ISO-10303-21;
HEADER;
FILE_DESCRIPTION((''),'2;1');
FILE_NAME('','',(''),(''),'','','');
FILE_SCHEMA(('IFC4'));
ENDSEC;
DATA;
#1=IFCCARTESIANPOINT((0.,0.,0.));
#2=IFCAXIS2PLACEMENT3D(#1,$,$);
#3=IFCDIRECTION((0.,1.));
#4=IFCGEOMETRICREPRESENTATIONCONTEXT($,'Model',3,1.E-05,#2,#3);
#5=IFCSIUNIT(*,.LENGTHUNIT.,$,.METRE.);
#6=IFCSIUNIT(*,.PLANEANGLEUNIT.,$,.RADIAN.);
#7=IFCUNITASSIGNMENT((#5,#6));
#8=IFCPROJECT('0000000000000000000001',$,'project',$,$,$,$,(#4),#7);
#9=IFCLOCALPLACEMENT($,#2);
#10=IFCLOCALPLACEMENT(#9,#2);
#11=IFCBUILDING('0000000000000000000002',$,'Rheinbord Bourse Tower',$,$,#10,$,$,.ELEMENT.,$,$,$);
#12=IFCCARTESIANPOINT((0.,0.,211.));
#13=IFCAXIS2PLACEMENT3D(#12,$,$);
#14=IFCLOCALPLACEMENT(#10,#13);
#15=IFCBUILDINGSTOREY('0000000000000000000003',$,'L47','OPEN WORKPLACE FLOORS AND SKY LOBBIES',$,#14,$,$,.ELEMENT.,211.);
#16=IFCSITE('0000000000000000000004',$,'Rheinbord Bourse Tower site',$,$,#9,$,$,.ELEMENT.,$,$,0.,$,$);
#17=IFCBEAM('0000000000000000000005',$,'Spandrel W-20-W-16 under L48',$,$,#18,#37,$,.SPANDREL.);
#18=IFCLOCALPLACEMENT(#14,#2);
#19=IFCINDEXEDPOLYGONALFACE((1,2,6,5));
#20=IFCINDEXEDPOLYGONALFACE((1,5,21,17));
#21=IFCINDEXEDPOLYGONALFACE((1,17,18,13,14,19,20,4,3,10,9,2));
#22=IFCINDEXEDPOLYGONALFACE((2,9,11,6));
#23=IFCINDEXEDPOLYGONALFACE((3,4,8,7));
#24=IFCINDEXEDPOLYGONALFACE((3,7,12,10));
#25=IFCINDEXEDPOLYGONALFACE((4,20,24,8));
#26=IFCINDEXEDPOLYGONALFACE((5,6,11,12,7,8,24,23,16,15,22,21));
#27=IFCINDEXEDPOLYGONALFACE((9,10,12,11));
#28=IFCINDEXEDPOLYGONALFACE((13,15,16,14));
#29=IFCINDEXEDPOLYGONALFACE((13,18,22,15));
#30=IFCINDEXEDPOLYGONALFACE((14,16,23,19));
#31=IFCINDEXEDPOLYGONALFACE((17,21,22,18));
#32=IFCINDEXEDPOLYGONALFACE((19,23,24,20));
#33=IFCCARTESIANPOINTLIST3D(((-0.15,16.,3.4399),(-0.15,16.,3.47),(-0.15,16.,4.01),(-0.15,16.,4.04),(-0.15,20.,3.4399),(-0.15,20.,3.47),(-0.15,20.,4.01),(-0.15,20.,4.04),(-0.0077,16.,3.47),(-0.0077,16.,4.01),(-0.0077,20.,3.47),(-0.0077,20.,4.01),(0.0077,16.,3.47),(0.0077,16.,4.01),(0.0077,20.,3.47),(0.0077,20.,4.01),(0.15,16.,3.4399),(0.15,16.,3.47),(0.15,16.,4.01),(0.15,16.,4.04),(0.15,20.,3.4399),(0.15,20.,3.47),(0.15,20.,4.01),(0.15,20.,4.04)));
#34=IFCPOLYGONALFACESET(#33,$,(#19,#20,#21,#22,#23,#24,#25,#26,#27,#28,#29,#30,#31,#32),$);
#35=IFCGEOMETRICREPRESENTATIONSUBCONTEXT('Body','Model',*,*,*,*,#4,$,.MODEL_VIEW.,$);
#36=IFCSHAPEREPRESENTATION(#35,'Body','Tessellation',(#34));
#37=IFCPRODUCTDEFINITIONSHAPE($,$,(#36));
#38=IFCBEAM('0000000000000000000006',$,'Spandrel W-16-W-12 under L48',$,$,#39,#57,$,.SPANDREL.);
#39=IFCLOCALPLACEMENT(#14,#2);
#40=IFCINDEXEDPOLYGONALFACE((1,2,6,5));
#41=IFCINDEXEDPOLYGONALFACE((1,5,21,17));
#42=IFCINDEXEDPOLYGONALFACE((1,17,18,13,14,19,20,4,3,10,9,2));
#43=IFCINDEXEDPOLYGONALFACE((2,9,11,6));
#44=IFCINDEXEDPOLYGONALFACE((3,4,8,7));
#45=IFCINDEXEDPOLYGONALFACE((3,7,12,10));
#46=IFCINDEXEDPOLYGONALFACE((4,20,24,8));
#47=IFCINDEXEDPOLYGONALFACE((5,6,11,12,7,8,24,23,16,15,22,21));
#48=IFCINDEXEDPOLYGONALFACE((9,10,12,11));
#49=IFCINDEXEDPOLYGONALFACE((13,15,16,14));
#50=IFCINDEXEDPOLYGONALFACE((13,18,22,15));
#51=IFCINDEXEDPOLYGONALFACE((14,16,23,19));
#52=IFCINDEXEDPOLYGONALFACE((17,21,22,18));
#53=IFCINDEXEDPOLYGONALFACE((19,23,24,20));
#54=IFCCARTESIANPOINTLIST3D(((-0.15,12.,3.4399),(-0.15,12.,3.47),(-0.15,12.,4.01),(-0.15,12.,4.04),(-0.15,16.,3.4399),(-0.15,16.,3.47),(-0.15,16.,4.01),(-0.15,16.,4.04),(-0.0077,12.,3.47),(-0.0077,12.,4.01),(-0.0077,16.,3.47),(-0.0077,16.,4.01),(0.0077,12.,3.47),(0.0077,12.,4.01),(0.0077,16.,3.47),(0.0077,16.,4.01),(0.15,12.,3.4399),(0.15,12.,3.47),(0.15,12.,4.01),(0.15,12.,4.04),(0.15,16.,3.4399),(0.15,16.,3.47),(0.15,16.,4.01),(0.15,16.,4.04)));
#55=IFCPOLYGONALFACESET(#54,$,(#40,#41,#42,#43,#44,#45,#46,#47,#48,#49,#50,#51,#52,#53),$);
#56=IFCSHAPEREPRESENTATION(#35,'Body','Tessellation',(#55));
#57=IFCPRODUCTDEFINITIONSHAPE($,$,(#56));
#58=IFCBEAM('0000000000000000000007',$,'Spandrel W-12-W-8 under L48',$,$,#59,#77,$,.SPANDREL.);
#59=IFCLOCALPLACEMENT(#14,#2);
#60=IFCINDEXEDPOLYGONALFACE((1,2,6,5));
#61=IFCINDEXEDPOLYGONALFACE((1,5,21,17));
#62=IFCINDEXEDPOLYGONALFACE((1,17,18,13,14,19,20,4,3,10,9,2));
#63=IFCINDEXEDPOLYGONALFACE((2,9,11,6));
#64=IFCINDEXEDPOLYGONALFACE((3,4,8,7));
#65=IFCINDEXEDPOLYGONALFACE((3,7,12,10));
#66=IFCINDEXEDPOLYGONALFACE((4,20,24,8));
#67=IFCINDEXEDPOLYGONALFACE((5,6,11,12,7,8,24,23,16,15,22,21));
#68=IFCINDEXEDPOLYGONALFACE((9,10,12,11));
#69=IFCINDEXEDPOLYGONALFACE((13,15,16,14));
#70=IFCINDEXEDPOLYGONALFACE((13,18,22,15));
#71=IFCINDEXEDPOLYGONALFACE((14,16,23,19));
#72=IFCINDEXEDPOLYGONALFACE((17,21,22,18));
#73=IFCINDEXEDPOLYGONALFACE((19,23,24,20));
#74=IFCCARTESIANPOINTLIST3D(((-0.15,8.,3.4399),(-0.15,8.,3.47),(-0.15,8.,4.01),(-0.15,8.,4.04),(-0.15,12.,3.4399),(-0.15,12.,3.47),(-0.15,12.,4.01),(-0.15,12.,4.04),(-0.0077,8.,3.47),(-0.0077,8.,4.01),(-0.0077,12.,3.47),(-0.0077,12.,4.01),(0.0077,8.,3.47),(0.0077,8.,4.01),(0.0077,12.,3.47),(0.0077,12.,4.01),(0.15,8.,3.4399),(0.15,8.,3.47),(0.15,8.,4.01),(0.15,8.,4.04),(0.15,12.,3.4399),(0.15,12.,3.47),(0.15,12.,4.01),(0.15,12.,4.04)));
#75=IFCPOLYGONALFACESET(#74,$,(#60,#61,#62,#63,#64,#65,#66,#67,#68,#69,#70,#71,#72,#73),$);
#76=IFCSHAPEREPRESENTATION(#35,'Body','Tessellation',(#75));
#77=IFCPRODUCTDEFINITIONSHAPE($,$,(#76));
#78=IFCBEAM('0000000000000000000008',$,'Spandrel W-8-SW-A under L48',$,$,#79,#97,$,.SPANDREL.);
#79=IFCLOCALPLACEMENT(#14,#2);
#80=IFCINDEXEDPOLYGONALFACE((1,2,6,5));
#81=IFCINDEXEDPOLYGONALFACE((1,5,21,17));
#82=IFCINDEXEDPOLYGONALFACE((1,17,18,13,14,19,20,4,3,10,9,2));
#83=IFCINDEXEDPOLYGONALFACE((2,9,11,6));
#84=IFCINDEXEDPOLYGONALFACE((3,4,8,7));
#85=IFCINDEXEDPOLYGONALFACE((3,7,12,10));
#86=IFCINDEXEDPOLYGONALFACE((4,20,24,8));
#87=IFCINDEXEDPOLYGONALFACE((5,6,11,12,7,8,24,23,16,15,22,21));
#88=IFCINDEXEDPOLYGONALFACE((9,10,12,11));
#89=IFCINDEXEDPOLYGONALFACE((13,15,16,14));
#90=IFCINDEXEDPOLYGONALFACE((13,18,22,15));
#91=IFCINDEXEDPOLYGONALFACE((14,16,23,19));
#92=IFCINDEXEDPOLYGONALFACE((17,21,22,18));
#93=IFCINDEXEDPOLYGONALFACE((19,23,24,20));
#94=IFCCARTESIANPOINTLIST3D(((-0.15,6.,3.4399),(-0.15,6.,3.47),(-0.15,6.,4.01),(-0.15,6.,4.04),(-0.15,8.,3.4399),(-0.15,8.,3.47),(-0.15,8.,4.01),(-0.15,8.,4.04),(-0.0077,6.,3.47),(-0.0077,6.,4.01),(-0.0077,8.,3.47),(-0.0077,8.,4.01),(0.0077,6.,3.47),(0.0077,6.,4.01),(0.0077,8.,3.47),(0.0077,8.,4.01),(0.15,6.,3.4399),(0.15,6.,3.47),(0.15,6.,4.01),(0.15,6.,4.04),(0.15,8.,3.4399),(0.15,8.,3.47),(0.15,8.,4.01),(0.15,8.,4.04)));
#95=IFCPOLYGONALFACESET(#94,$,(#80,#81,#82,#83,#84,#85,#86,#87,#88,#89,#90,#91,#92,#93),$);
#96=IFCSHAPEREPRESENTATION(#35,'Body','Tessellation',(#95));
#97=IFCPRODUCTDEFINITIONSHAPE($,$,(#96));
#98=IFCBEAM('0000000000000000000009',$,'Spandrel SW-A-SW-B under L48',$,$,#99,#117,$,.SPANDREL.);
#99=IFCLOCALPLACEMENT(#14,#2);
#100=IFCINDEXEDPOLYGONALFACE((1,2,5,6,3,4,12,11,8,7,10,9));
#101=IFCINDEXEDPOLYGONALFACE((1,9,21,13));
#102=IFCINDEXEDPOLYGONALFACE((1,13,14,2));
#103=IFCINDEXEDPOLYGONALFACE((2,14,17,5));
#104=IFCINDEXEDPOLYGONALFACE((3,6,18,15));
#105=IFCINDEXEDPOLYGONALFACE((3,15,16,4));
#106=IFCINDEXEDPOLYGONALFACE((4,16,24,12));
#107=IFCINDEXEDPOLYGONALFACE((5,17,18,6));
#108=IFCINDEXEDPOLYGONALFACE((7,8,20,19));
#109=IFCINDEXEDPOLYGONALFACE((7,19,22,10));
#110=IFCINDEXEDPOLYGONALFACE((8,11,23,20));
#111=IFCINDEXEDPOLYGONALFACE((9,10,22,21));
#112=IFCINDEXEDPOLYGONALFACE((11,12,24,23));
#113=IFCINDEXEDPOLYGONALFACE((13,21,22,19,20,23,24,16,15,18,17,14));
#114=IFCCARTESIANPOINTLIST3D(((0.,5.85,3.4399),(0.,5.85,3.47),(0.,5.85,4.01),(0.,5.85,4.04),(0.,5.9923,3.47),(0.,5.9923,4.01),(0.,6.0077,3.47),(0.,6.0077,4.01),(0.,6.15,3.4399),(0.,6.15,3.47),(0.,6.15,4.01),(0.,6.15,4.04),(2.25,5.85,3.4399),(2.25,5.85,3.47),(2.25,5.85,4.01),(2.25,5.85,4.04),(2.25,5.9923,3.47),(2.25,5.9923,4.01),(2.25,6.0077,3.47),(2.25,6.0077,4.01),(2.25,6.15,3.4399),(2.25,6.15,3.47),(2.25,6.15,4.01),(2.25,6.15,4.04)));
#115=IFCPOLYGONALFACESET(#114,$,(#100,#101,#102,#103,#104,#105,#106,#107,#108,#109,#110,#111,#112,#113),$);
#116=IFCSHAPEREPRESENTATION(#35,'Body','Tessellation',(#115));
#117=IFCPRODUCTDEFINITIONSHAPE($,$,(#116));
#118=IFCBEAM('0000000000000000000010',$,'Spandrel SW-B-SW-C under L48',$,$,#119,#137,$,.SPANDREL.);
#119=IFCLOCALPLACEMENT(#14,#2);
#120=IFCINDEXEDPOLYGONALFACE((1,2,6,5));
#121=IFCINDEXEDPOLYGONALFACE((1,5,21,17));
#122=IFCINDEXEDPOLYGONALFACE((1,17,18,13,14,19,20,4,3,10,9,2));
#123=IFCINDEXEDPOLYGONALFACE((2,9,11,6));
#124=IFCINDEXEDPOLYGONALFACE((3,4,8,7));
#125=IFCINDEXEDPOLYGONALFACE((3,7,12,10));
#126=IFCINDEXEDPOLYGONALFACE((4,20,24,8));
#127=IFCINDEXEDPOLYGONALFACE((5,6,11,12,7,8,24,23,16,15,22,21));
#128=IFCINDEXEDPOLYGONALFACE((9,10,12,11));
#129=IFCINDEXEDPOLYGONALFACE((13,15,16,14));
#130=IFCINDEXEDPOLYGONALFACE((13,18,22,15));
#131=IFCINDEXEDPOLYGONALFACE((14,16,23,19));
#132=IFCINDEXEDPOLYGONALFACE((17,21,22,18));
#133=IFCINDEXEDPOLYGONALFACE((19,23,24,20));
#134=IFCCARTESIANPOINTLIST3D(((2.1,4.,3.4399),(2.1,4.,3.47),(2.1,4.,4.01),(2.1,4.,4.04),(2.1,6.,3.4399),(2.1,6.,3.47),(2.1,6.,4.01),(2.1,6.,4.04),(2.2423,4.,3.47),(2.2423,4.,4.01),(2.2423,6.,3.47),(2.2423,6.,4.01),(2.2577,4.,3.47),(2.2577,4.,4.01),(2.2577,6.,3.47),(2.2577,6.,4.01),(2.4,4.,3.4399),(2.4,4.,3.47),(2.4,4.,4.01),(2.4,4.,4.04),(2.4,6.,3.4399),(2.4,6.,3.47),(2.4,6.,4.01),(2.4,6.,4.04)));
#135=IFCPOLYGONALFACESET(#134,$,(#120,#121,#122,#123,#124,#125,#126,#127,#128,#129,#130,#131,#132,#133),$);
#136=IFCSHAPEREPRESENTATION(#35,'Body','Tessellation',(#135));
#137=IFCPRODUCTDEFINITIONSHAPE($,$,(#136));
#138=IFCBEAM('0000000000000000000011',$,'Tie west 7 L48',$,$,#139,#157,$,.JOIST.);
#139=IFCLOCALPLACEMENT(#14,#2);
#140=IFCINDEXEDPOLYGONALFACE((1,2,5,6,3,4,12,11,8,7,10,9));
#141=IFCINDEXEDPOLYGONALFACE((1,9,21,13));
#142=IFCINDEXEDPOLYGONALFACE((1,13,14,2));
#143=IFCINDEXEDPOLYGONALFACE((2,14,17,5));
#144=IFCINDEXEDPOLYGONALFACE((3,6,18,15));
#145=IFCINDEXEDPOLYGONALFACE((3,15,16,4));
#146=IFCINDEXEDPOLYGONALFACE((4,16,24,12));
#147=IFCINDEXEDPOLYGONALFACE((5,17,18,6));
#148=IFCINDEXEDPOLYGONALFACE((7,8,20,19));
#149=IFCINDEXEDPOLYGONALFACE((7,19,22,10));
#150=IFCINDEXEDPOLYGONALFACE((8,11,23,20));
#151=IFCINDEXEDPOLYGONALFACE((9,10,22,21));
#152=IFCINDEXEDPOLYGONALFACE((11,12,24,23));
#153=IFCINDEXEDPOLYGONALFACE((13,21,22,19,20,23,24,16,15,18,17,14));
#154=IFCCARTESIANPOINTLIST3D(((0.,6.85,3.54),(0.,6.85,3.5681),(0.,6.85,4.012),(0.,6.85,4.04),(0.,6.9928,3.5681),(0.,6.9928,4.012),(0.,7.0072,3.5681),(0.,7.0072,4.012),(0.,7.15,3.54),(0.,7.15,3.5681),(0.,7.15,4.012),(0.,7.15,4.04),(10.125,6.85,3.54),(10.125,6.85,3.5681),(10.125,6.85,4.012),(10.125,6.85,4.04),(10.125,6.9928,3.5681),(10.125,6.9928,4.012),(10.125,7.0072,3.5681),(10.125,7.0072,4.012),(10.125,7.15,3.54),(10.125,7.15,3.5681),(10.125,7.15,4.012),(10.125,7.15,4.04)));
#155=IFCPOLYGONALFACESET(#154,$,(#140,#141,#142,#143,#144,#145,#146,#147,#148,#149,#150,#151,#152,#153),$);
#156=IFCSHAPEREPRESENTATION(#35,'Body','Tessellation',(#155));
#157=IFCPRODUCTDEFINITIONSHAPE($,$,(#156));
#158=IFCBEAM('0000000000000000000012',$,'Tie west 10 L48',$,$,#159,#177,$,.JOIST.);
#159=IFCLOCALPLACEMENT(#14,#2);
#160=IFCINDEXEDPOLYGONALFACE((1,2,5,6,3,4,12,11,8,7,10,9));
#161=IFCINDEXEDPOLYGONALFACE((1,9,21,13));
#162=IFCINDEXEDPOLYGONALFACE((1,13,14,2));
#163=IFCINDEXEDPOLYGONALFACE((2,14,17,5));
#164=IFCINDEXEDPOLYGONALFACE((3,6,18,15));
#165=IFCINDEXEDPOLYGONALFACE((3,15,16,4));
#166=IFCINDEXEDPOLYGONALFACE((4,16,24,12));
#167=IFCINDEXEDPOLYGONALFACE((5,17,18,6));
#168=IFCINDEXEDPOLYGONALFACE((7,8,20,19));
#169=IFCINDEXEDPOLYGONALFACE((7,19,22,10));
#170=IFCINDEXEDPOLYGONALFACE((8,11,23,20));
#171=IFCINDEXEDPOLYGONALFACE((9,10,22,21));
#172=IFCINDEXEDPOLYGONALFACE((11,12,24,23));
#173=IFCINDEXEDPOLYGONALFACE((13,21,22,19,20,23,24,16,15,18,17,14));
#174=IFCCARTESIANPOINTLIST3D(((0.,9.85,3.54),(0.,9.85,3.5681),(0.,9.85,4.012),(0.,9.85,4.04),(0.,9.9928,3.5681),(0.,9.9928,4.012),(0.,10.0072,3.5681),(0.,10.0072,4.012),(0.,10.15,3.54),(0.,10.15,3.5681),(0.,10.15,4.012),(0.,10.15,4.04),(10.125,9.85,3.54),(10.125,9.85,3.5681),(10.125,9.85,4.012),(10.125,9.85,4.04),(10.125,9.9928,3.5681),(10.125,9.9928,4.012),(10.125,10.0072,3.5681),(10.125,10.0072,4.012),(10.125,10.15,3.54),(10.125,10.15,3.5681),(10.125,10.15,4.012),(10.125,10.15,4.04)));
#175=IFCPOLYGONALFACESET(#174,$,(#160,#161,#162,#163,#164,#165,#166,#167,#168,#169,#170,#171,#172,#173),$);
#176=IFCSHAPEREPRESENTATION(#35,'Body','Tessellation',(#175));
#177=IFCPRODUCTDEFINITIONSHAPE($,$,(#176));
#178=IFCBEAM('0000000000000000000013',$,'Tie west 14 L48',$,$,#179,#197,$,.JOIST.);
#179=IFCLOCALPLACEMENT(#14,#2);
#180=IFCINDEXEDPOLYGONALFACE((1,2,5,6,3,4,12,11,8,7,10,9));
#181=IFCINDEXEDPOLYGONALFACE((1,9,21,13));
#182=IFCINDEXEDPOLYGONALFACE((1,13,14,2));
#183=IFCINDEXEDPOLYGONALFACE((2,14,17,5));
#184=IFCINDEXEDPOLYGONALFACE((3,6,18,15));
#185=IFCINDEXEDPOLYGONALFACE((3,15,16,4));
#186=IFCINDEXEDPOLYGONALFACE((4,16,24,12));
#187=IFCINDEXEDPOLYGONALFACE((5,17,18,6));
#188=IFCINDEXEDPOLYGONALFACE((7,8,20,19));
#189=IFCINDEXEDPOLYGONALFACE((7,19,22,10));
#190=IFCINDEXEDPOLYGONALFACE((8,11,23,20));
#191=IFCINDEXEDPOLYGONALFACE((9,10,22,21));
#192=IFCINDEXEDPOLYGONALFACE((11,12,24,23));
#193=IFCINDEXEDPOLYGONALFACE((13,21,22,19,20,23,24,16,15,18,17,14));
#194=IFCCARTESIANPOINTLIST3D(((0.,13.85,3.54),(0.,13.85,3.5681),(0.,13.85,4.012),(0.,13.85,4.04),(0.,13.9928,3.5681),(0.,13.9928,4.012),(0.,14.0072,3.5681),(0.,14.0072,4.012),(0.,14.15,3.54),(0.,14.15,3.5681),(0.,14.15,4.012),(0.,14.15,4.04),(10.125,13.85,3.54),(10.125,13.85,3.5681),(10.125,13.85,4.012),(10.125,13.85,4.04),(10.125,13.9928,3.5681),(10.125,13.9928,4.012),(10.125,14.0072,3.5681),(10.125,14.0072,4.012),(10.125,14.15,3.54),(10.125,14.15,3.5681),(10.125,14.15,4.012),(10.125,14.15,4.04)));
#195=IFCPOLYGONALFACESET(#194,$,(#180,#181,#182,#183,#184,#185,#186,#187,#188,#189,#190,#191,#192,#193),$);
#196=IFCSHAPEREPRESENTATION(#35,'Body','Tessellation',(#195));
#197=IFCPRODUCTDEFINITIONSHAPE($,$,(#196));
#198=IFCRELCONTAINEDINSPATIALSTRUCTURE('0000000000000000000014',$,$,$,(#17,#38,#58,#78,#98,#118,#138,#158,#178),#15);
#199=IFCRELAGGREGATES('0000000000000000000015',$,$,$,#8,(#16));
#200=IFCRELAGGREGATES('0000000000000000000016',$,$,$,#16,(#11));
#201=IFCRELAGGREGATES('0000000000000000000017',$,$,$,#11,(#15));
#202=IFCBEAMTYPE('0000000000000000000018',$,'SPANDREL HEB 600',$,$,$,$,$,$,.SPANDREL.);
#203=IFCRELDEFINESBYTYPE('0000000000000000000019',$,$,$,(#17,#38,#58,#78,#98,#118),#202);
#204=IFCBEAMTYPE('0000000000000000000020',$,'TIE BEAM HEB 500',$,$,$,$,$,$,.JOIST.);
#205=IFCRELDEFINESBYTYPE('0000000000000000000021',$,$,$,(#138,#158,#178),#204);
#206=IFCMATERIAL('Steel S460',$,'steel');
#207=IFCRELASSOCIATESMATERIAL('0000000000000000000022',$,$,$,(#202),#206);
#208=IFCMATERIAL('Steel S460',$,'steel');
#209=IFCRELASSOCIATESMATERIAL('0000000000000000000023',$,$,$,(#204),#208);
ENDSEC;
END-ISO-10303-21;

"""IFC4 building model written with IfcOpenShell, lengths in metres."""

from ifc_helpers import new_model, si_unit, direction, frame, origin, origin_2d, place, context, subcontext, project, spatial, i_section, extrude, material, material_profile, profile_set, type_object, element, save


model = new_model("IFC4")

# Units and contexts
model_context = context("Model", 3, precision=1e-05, world=origin(), true_north=direction((0.0, 1.0)))
body_context = subcontext(model_context, "Body", "Model", "MODEL_VIEW")
ifc_project = project(units=[si_unit("LENGTHUNIT", "METRE"), si_unit("PLANEANGLEUNIT", "RADIAN")], contexts=[model_context])

# Site, building, storey
site_placement = place(None, origin())
site = spatial("IfcSite", under=ifc_project, at=site_placement, Name="Rheinbord Bourse Tower site", CompositionType="ELEMENT", RefElevation=0.0)
building_placement = place(site_placement, origin())
building = spatial("IfcBuilding", under=site, at=building_placement, Name="Rheinbord Bourse Tower", CompositionType="ELEMENT")
storey_placement = place(building_placement, frame((0.0, 0.0, 211.0)))
storey = spatial("IfcBuildingStorey", under=building, at=storey_placement, Name="L47", Description="OPEN WORKPLACE FLOORS AND SKY LOBBIES", CompositionType="ELEMENT", Elevation=211.0)

# Beams
ifc_material_1 = material(Name="Steel S460", Category="steel")
ifc_material_profile_1 = material_profile(ifc_material_1, i_section(OverallWidth=0.3, OverallDepth=0.6001, WebThickness=0.0154, FlangeThickness=0.03, at=origin_2d()), Name="HEB 600")
ifc_profile_set_1 = profile_set([ifc_material_profile_1], Name="Steel S460")
beam_type_1 = type_object("IfcBeamType", Name="SPANDREL HEB 600", PredefinedType="SPANDREL", material=ifc_profile_set_1)
for number, where, z_axis, x_axis, name in (
    (1, (0.0, 20.0, 3.74), (0.0, -1.0, 0.0), (1.0, 0.0, 0.0), "Spandrel W-20-W-16 under L48"),
    (2, (0.0, 16.0, 3.74), (0.0, -1.0, 0.0), (1.0, 0.0, 0.0), "Spandrel W-16-W-12 under L48"),
    (3, (0.0, 12.0, 3.74), (0.0, -1.0, 0.0), (1.0, 0.0, 0.0), "Spandrel W-12-W-8 under L48"),
):
    element("IfcBeam", number, at=place(storey_placement, frame(where, z_axis=z_axis, x_axis=x_axis)), inside=storey, type_object=beam_type_1, Name=name, PredefinedType="SPANDREL", context=body_context, shape_type="SweptSolid", body=[
        extrude(i_section(OverallWidth=0.3, OverallDepth=0.6001, WebThickness=0.0154, FlangeThickness=0.03, at=origin_2d()), origin(), (0.0, 0.0, 1.0), 4.0),
    ])
beam_1_placement = place(storey_placement, frame((0.0, 8.0, 3.74), z_axis=(0.0, -1.0, 0.0), x_axis=(1.0, 0.0, 0.0)))
element("IfcBeam", 4, at=beam_1_placement, inside=storey, type_object=beam_type_1, Name="Spandrel W-8-SW-A under L48", PredefinedType="SPANDREL", context=body_context, shape_type="SweptSolid", body=[
    extrude(i_section(OverallWidth=0.3, OverallDepth=0.6001, WebThickness=0.0154, FlangeThickness=0.03, at=origin_2d()), origin(), (0.0, 0.0, 1.0), 2.0),
])
beam_2_placement = place(storey_placement, frame((0.0, 6.0, 3.74), z_axis=(1.0, 0.0, 0.0), x_axis=(0.0, 1.0, 0.0)))
element("IfcBeam", 5, at=beam_2_placement, inside=storey, type_object=beam_type_1, Name="Spandrel SW-A-SW-B under L48", PredefinedType="SPANDREL", context=body_context, shape_type="SweptSolid", body=[
    extrude(i_section(OverallWidth=0.3, OverallDepth=0.6001, WebThickness=0.0154, FlangeThickness=0.03, at=origin_2d()), origin(), (0.0, 0.0, 1.0), 2.25),
])
beam_3_placement = place(storey_placement, frame((2.25, 6.0, 3.74), z_axis=(0.0, -1.0, 0.0), x_axis=(1.0, 0.0, 0.0)))
element("IfcBeam", 6, at=beam_3_placement, inside=storey, type_object=beam_type_1, Name="Spandrel SW-B-SW-C under L48", PredefinedType="SPANDREL", context=body_context, shape_type="SweptSolid", body=[
    extrude(i_section(OverallWidth=0.3, OverallDepth=0.6001, WebThickness=0.0154, FlangeThickness=0.03, at=origin_2d()), origin(), (0.0, 0.0, 1.0), 2.0),
])
ifc_material_2 = material(Name="Steel S460", Category="steel")
ifc_material_profile_2 = material_profile(ifc_material_2, i_section(OverallWidth=0.3, OverallDepth=0.5, WebThickness=0.0144, FlangeThickness=0.0281, at=origin_2d()), Name="HEB 500")
ifc_profile_set_2 = profile_set([ifc_material_profile_2], Name="Steel S460")
beam_type_2 = type_object("IfcBeamType", Name="TIE BEAM HEB 500", PredefinedType="JOIST", material=ifc_profile_set_2)
for number, where, z_axis, x_axis, name in (
    (7, (0.0, 7.0, 3.79), (1.0, 0.0, 0.0), (0.0, 1.0, 0.0), "Tie west 7 L48"),
    (8, (0.0, 10.0, 3.79), (1.0, 0.0, 0.0), (0.0, 1.0, 0.0), "Tie west 10 L48"),
    (9, (0.0, 14.0, 3.79), (1.0, 0.0, 0.0), (0.0, 1.0, 0.0), "Tie west 14 L48"),
):
    element("IfcBeam", number, at=place(storey_placement, frame(where, z_axis=z_axis, x_axis=x_axis)), inside=storey, type_object=beam_type_2, Name=name, PredefinedType="JOIST", context=body_context, shape_type="SweptSolid", body=[
        extrude(i_section(OverallWidth=0.3, OverallDepth=0.5, WebThickness=0.0144, FlangeThickness=0.0281, at=origin_2d()), origin(), (0.0, 0.0, 1.0), 10.125),
    ])

save(model, "model.ifc")
